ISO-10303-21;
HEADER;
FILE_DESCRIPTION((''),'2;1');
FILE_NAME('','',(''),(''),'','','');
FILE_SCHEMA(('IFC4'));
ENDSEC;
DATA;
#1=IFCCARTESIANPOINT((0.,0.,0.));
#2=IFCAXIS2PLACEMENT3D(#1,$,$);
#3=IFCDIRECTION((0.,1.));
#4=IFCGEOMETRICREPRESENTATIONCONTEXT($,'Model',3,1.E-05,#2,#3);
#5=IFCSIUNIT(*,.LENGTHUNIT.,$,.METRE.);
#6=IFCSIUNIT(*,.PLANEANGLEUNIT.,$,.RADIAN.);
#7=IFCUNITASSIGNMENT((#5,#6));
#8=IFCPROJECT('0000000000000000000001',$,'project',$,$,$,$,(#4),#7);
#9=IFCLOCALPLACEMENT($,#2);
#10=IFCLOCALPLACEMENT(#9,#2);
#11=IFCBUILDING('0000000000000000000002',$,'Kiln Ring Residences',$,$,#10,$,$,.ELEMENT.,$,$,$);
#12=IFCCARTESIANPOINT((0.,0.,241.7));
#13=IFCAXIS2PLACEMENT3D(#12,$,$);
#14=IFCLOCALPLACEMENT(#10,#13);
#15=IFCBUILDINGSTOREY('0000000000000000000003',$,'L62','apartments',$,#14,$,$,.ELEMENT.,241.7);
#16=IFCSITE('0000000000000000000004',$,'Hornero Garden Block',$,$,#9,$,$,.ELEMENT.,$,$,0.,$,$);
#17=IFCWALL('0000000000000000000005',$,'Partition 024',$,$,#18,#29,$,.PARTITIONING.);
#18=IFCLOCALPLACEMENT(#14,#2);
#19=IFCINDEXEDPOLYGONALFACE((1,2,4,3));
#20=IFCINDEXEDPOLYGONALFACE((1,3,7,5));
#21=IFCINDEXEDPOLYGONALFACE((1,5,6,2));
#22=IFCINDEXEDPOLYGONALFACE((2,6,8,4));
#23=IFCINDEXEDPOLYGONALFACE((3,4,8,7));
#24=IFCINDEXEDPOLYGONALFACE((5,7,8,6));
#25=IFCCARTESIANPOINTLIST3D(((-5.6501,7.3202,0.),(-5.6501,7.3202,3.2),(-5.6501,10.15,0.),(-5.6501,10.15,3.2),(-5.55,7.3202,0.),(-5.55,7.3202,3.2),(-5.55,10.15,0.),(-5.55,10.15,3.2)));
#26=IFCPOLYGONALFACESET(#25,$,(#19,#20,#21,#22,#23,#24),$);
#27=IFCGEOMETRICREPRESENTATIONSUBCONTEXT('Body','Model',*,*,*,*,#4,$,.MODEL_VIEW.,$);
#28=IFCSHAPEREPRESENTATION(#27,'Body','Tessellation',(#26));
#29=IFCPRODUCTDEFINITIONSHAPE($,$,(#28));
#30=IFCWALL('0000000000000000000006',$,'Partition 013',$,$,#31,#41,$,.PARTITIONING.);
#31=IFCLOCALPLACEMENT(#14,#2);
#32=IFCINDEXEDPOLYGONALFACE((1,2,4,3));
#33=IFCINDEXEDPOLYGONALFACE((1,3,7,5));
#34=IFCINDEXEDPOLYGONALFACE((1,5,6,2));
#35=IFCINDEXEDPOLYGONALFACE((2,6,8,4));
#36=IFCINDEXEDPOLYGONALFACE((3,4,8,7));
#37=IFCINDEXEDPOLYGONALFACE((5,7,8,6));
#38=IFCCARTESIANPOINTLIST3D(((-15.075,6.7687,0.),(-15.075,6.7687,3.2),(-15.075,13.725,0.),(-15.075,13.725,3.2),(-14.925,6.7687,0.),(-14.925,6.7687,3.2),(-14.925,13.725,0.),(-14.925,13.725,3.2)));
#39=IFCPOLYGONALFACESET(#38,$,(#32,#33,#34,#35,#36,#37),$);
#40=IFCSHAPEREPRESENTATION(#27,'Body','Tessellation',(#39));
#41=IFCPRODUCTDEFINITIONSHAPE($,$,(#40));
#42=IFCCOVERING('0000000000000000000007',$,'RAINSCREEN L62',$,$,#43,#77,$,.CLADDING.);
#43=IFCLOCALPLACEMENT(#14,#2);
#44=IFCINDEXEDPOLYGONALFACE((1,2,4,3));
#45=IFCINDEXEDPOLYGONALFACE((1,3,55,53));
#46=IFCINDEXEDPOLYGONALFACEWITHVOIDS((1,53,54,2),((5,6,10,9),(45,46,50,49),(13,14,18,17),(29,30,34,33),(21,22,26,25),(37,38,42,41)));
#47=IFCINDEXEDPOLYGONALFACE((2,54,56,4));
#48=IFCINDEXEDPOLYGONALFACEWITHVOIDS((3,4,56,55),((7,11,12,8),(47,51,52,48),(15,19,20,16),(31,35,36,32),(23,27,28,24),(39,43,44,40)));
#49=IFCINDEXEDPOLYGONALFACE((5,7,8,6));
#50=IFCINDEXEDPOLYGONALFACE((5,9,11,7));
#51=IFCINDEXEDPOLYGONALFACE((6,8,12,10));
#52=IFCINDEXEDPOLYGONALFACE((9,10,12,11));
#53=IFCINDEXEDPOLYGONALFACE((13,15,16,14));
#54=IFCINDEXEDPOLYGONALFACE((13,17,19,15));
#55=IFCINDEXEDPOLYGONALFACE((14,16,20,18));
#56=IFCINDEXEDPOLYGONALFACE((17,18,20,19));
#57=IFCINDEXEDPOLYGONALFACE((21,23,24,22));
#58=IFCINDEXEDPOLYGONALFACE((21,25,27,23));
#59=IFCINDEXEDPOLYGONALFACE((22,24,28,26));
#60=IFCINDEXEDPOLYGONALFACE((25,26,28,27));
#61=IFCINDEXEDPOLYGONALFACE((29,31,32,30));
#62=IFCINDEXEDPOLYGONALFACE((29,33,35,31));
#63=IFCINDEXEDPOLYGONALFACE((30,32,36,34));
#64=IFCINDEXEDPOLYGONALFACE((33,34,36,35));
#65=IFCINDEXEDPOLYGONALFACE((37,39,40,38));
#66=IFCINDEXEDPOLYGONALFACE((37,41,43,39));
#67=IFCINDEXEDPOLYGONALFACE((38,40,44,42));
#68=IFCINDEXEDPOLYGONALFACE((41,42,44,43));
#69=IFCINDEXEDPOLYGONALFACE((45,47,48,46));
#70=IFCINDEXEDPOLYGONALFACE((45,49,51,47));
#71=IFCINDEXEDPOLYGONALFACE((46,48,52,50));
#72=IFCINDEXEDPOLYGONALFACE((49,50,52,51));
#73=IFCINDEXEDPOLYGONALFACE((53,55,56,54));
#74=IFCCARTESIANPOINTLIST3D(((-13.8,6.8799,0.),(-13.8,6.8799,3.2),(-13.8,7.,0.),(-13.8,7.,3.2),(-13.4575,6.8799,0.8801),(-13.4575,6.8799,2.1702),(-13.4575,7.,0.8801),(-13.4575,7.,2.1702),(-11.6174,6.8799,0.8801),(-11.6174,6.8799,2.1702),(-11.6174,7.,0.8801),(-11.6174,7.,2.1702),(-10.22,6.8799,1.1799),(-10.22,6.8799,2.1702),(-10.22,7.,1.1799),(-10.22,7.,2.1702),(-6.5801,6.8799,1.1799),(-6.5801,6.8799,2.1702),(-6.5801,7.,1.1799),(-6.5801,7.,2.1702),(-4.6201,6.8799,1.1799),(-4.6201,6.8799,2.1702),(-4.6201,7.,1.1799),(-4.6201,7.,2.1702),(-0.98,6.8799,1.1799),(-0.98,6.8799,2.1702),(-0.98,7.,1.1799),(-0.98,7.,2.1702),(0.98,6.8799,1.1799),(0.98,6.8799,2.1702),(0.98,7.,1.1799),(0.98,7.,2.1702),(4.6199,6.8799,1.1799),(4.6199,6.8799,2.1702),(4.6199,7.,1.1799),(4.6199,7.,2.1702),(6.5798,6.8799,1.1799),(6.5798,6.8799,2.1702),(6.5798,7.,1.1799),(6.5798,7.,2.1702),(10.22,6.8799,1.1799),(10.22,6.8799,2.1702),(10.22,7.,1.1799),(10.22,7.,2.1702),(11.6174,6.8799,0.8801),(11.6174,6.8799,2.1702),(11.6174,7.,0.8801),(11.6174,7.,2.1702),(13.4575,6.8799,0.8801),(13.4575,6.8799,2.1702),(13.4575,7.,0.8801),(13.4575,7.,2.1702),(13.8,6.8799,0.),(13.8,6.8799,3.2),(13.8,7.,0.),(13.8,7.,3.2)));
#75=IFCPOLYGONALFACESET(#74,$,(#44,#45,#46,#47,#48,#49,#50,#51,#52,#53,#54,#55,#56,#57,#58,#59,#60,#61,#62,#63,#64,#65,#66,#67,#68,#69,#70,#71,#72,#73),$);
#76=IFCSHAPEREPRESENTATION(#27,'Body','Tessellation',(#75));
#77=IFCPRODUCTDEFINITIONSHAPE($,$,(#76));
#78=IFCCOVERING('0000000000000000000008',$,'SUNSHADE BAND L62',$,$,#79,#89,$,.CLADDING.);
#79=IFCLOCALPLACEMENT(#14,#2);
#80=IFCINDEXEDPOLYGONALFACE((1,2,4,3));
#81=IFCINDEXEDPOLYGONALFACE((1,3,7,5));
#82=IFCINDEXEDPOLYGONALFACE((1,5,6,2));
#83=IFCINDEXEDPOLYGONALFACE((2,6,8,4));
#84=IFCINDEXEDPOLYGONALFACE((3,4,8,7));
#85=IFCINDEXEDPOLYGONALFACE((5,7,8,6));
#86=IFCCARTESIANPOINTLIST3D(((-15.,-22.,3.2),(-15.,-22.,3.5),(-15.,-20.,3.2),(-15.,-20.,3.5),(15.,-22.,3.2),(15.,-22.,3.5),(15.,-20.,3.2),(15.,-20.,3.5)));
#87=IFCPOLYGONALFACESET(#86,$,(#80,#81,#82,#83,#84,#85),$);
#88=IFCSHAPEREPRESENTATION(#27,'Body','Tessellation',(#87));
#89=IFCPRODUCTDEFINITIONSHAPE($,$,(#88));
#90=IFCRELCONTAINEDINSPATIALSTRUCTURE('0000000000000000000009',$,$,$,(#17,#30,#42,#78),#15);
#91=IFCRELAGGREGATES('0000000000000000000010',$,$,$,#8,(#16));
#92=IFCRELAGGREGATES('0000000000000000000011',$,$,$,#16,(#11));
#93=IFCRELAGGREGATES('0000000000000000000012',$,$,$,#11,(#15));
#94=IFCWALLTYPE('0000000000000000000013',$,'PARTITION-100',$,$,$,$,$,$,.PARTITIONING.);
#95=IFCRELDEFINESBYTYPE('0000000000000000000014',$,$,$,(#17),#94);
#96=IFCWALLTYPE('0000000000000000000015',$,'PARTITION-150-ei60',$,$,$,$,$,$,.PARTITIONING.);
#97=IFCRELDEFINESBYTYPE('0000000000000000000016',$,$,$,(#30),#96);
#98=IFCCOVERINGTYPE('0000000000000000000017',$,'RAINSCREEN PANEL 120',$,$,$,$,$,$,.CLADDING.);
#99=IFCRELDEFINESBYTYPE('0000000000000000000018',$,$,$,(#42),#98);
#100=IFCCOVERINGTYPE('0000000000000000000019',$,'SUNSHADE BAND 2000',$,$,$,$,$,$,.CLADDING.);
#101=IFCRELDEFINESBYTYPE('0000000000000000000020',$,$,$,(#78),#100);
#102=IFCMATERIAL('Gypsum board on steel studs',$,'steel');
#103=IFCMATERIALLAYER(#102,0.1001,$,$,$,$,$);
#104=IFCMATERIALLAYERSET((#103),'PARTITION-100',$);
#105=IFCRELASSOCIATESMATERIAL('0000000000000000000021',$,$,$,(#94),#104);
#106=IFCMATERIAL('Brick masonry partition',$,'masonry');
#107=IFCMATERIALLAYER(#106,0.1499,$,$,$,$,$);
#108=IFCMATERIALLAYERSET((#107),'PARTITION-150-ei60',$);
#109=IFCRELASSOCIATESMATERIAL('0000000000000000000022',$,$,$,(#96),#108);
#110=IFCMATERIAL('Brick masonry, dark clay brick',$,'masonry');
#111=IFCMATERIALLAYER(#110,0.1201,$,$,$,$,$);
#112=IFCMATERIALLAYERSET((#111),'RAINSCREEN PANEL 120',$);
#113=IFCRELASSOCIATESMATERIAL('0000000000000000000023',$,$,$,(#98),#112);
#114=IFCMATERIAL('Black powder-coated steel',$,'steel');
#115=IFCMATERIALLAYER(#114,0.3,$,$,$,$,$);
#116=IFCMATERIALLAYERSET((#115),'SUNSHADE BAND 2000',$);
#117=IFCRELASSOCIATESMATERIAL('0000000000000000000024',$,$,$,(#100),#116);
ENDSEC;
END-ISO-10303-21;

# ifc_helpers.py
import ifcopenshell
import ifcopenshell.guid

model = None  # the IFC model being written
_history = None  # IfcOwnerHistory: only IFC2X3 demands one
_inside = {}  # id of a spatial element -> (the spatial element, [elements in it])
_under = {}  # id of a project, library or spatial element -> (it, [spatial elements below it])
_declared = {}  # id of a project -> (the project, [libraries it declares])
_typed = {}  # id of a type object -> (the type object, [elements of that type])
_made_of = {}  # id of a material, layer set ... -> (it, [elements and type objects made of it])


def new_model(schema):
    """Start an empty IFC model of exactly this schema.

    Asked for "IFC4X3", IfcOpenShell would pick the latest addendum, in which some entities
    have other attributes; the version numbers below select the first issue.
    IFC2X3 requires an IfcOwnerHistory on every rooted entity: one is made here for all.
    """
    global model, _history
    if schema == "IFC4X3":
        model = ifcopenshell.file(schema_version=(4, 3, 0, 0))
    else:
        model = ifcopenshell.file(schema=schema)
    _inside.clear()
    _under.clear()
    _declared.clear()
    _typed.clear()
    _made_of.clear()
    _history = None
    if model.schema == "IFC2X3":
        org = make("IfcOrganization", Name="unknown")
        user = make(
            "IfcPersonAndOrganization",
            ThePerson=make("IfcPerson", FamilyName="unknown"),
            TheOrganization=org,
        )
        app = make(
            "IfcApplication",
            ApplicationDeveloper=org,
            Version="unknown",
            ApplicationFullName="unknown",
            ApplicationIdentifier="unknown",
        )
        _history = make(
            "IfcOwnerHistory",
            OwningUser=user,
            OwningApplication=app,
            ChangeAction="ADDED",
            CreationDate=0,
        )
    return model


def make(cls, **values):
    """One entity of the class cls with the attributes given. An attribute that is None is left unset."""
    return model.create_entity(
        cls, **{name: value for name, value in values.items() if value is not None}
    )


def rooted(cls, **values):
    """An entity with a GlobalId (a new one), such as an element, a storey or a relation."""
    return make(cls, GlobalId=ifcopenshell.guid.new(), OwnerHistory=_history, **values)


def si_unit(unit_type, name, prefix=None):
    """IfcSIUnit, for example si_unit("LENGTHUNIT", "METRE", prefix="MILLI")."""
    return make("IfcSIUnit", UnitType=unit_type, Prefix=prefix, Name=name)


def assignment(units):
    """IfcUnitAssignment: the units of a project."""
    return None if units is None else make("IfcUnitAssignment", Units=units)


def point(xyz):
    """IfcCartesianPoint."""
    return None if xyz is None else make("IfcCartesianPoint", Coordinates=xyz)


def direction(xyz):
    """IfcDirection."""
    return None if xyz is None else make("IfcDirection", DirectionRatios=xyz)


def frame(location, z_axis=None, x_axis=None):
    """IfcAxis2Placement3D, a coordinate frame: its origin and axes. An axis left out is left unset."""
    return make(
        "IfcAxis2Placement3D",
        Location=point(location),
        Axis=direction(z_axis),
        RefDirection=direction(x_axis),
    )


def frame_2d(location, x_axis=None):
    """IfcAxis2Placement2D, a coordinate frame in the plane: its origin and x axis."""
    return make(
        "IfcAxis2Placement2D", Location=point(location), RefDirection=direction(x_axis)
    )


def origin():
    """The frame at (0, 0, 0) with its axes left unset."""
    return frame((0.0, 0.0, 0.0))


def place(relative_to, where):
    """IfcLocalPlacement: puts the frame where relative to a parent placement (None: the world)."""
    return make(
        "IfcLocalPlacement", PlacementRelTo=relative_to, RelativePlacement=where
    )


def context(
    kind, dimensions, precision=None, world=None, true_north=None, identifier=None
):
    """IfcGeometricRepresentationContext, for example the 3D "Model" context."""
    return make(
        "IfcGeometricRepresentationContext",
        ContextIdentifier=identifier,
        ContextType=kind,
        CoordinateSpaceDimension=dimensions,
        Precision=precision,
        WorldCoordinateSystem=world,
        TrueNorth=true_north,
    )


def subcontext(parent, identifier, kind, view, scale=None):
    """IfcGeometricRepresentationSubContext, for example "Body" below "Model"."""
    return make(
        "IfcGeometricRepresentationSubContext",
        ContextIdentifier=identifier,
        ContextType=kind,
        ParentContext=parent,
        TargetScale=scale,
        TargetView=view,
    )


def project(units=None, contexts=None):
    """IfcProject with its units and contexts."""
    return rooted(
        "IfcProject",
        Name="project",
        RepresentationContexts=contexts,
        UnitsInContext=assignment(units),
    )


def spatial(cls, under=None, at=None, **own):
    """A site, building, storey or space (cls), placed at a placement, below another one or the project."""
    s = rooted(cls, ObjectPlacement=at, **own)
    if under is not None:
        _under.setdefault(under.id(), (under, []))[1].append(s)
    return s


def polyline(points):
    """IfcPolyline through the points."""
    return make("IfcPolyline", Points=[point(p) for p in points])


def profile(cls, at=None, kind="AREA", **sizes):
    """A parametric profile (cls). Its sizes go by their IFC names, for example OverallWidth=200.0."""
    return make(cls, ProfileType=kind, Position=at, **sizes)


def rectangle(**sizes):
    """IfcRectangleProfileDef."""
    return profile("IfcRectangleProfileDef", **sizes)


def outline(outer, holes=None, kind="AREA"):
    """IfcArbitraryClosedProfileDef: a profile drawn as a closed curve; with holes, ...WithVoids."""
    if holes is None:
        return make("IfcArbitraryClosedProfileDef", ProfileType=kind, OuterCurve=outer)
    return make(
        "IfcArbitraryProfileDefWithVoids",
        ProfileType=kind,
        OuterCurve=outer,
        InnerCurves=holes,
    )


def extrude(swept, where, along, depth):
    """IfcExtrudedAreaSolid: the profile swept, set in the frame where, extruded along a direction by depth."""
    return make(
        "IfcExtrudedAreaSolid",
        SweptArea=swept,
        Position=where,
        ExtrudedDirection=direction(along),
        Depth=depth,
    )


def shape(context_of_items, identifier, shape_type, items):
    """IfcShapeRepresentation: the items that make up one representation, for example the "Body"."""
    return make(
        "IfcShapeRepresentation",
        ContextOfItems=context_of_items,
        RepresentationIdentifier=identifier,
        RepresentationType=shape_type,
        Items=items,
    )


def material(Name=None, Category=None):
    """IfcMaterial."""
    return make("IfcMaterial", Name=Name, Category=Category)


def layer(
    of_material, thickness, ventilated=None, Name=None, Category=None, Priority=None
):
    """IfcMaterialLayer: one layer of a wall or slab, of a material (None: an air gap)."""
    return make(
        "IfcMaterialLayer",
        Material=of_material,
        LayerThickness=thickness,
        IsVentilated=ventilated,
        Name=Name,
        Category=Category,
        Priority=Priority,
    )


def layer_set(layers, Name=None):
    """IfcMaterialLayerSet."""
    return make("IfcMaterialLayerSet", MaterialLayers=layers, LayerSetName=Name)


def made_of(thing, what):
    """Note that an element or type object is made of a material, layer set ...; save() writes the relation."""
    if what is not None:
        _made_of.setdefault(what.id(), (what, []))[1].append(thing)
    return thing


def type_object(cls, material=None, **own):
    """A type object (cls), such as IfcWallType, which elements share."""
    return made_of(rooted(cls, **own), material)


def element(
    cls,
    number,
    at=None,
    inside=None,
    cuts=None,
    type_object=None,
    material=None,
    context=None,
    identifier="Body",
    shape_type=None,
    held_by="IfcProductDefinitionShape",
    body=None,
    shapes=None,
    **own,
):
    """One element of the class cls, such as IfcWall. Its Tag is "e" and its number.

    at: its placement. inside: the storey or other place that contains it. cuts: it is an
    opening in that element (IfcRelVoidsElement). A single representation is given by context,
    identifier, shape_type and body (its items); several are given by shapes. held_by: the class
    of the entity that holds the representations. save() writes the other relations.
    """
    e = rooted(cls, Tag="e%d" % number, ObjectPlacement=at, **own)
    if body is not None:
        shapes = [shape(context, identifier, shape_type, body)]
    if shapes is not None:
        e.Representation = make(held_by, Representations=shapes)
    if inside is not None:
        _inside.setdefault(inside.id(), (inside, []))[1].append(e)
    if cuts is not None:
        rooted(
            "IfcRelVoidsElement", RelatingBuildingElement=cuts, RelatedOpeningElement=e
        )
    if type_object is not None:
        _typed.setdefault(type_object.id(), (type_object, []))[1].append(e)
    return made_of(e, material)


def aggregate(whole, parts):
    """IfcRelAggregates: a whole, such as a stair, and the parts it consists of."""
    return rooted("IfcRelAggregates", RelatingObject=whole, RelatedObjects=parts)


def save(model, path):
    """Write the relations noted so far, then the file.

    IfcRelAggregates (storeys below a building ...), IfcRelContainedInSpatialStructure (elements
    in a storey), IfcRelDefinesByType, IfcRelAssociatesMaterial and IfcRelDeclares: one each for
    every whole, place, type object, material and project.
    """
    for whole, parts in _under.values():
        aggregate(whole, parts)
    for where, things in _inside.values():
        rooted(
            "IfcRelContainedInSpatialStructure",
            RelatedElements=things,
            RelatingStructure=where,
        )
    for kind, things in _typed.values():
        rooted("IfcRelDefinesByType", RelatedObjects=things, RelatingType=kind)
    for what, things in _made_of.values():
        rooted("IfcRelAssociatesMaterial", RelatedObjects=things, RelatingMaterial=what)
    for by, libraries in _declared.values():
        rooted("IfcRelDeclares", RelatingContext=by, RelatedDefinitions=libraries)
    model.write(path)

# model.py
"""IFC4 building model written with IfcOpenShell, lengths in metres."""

from ifc_helpers import new_model, si_unit, direction, frame, frame_2d, origin, place, context, subcontext, project, spatial, polyline, rectangle, outline, extrude, material, layer, layer_set, type_object, element, save


model = new_model("IFC4")

# Units and contexts
model_context = context("Model", 3, precision=1e-05, world=origin(), true_north=direction((0.0, 1.0)))
body_context = subcontext(model_context, "Body", "Model", "MODEL_VIEW")
ifc_project = project(units=[si_unit("LENGTHUNIT", "METRE"), si_unit("PLANEANGLEUNIT", "RADIAN")], contexts=[model_context])

# Site, building, storey
site_placement = place(None, origin())
site = spatial("IfcSite", under=ifc_project, at=site_placement, Name="Hornero Garden Block", CompositionType="ELEMENT", RefElevation=0.0)
building_placement = place(site_placement, origin())
building = spatial("IfcBuilding", under=site, at=building_placement, Name="Kiln Ring Residences", CompositionType="ELEMENT")
storey_placement = place(building_placement, frame((0.0, 0.0, 241.7)))
storey = spatial("IfcBuildingStorey", under=building, at=storey_placement, Name="L62", Description="apartments", CompositionType="ELEMENT", Elevation=241.7)

# Shared definitions
ifc_material_1 = material(Name="Gypsum board on steel studs", Category="steel")
ifc_layer_1 = layer(ifc_material_1, 0.1001)
ifc_layer_set_1 = layer_set([ifc_layer_1], Name="PARTITION-100")
wall_type_1 = type_object("IfcWallType", Name="PARTITION-100", PredefinedType="PARTITIONING", material=ifc_layer_set_1)

# Walls
wall_1_placement = place(storey_placement, frame((-5.6001, 7.3201, 0.0), z_axis=(0.0, 0.0, 1.0), x_axis=(0.0, 1.0, 0.0)))
element("IfcWall", 1, at=wall_1_placement, inside=storey, type_object=wall_type_1, Name="Partition 024", PredefinedType="PARTITIONING", context=body_context, shape_type="SweptSolid", body=[
    extrude(rectangle(XDim=2.8298, YDim=0.1001, at=frame_2d((1.415, 0.0))), origin(), (0.0, 0.0, 1.0), 3.2),
])
ifc_material_2 = material(Name="Brick masonry partition", Category="masonry")
ifc_layer_2 = layer(ifc_material_2, 0.1499)
ifc_layer_set_2 = layer_set([ifc_layer_2], Name="PARTITION-150-ei60")
wall_type_2 = type_object("IfcWallType", Name="PARTITION-150-ei60", PredefinedType="PARTITIONING", material=ifc_layer_set_2)
wall_2_placement = place(storey_placement, frame((-15.0, 6.7688, 0.0), z_axis=(0.0, 0.0, 1.0), x_axis=(0.0, 1.0, 0.0)))
element("IfcWall", 2, at=wall_2_placement, inside=storey, type_object=wall_type_2, Name="Partition 013", PredefinedType="PARTITIONING", context=body_context, shape_type="SweptSolid", body=[
    extrude(rectangle(XDim=6.9563, YDim=0.1499, at=frame_2d((3.478, 0.0))), origin(), (0.0, 0.0, 1.0), 3.2),
])

# Coverings
ifc_material_3 = material(Name="Brick masonry, dark clay brick", Category="masonry")
ifc_layer_3 = layer(ifc_material_3, 0.1201)
ifc_layer_set_3 = layer_set([ifc_layer_3], Name="RAINSCREEN PANEL 120")
covering_type_1 = type_object("IfcCoveringType", Name="RAINSCREEN PANEL 120", PredefinedType="CLADDING", material=ifc_layer_set_3)
covering_1_placement = place(storey_placement, frame((-13.8, 6.9399, 0.0), z_axis=(0.0, 0.0, 1.0), x_axis=(1.0, 0.0, 0.0)))
element("IfcCovering", 3, at=covering_1_placement, inside=storey, type_object=covering_type_1, Name="RAINSCREEN L62", PredefinedType="CLADDING", context=body_context, shape_type="SweptSolid", body=[
    extrude(outline(polyline([(0.0, 0.0), (27.6001, 0.0), (27.6001, 3.2), (0.0, 3.2), (0.0, 0.0)]), holes=[polyline([(2.1826, 0.8801), (2.1826, 2.1702), (0.3425, 2.1702), (0.3425, 0.8801), (2.1826, 0.8801)]), polyline([(25.4175, 0.8801), (27.2576, 0.8801), (27.2576, 2.1702), (25.4175, 2.1702), (25.4175, 0.8801)]), polyline([(3.5801, 1.1799), (7.22, 1.1799), (7.22, 2.1702), (3.5801, 2.1702), (3.5801, 1.1799)]), polyline([(12.8201, 1.1799), (12.8201, 2.1702), (9.1799, 2.1702), (9.1799, 1.1799), (12.8201, 1.1799)]), polyline([(14.78, 1.1799), (18.4199, 1.1799), (18.4199, 2.1702), (14.78, 2.1702), (14.78, 1.1799)]), polyline([(20.3799, 1.1799), (24.02, 1.1799), (24.02, 2.1702), (20.3799, 2.1702), (20.3799, 1.1799)])]), frame((0.0, 0.0601, 0.0), z_axis=(0.0, -1.0, 0.0), x_axis=(1.0, 0.0, 0.0)), (0.0, 0.0, 1.0), 0.1201),
])
ifc_material_4 = material(Name="Black powder-coated steel", Category="steel")
ifc_layer_4 = layer(ifc_material_4, 0.3)
ifc_layer_set_4 = layer_set([ifc_layer_4], Name="SUNSHADE BAND 2000")
covering_type_2 = type_object("IfcCoveringType", Name="SUNSHADE BAND 2000", PredefinedType="CLADDING", material=ifc_layer_set_4)
covering_2_placement = place(storey_placement, frame((0.0, 0.0, 3.2)))
element("IfcCovering", 4, at=covering_2_placement, inside=storey, type_object=covering_type_2, Name="SUNSHADE BAND L62", PredefinedType="CLADDING", context=body_context, shape_type="SweptSolid", body=[
    extrude(outline(polyline([(-15.0, -22.0), (15.0, -22.0), (15.0, -20.0), (-15.0, -20.0), (-15.0, -22.0)])), origin(), (0.0, 0.0, 1.0), 0.3),
])

save(model, "model.ifc")
